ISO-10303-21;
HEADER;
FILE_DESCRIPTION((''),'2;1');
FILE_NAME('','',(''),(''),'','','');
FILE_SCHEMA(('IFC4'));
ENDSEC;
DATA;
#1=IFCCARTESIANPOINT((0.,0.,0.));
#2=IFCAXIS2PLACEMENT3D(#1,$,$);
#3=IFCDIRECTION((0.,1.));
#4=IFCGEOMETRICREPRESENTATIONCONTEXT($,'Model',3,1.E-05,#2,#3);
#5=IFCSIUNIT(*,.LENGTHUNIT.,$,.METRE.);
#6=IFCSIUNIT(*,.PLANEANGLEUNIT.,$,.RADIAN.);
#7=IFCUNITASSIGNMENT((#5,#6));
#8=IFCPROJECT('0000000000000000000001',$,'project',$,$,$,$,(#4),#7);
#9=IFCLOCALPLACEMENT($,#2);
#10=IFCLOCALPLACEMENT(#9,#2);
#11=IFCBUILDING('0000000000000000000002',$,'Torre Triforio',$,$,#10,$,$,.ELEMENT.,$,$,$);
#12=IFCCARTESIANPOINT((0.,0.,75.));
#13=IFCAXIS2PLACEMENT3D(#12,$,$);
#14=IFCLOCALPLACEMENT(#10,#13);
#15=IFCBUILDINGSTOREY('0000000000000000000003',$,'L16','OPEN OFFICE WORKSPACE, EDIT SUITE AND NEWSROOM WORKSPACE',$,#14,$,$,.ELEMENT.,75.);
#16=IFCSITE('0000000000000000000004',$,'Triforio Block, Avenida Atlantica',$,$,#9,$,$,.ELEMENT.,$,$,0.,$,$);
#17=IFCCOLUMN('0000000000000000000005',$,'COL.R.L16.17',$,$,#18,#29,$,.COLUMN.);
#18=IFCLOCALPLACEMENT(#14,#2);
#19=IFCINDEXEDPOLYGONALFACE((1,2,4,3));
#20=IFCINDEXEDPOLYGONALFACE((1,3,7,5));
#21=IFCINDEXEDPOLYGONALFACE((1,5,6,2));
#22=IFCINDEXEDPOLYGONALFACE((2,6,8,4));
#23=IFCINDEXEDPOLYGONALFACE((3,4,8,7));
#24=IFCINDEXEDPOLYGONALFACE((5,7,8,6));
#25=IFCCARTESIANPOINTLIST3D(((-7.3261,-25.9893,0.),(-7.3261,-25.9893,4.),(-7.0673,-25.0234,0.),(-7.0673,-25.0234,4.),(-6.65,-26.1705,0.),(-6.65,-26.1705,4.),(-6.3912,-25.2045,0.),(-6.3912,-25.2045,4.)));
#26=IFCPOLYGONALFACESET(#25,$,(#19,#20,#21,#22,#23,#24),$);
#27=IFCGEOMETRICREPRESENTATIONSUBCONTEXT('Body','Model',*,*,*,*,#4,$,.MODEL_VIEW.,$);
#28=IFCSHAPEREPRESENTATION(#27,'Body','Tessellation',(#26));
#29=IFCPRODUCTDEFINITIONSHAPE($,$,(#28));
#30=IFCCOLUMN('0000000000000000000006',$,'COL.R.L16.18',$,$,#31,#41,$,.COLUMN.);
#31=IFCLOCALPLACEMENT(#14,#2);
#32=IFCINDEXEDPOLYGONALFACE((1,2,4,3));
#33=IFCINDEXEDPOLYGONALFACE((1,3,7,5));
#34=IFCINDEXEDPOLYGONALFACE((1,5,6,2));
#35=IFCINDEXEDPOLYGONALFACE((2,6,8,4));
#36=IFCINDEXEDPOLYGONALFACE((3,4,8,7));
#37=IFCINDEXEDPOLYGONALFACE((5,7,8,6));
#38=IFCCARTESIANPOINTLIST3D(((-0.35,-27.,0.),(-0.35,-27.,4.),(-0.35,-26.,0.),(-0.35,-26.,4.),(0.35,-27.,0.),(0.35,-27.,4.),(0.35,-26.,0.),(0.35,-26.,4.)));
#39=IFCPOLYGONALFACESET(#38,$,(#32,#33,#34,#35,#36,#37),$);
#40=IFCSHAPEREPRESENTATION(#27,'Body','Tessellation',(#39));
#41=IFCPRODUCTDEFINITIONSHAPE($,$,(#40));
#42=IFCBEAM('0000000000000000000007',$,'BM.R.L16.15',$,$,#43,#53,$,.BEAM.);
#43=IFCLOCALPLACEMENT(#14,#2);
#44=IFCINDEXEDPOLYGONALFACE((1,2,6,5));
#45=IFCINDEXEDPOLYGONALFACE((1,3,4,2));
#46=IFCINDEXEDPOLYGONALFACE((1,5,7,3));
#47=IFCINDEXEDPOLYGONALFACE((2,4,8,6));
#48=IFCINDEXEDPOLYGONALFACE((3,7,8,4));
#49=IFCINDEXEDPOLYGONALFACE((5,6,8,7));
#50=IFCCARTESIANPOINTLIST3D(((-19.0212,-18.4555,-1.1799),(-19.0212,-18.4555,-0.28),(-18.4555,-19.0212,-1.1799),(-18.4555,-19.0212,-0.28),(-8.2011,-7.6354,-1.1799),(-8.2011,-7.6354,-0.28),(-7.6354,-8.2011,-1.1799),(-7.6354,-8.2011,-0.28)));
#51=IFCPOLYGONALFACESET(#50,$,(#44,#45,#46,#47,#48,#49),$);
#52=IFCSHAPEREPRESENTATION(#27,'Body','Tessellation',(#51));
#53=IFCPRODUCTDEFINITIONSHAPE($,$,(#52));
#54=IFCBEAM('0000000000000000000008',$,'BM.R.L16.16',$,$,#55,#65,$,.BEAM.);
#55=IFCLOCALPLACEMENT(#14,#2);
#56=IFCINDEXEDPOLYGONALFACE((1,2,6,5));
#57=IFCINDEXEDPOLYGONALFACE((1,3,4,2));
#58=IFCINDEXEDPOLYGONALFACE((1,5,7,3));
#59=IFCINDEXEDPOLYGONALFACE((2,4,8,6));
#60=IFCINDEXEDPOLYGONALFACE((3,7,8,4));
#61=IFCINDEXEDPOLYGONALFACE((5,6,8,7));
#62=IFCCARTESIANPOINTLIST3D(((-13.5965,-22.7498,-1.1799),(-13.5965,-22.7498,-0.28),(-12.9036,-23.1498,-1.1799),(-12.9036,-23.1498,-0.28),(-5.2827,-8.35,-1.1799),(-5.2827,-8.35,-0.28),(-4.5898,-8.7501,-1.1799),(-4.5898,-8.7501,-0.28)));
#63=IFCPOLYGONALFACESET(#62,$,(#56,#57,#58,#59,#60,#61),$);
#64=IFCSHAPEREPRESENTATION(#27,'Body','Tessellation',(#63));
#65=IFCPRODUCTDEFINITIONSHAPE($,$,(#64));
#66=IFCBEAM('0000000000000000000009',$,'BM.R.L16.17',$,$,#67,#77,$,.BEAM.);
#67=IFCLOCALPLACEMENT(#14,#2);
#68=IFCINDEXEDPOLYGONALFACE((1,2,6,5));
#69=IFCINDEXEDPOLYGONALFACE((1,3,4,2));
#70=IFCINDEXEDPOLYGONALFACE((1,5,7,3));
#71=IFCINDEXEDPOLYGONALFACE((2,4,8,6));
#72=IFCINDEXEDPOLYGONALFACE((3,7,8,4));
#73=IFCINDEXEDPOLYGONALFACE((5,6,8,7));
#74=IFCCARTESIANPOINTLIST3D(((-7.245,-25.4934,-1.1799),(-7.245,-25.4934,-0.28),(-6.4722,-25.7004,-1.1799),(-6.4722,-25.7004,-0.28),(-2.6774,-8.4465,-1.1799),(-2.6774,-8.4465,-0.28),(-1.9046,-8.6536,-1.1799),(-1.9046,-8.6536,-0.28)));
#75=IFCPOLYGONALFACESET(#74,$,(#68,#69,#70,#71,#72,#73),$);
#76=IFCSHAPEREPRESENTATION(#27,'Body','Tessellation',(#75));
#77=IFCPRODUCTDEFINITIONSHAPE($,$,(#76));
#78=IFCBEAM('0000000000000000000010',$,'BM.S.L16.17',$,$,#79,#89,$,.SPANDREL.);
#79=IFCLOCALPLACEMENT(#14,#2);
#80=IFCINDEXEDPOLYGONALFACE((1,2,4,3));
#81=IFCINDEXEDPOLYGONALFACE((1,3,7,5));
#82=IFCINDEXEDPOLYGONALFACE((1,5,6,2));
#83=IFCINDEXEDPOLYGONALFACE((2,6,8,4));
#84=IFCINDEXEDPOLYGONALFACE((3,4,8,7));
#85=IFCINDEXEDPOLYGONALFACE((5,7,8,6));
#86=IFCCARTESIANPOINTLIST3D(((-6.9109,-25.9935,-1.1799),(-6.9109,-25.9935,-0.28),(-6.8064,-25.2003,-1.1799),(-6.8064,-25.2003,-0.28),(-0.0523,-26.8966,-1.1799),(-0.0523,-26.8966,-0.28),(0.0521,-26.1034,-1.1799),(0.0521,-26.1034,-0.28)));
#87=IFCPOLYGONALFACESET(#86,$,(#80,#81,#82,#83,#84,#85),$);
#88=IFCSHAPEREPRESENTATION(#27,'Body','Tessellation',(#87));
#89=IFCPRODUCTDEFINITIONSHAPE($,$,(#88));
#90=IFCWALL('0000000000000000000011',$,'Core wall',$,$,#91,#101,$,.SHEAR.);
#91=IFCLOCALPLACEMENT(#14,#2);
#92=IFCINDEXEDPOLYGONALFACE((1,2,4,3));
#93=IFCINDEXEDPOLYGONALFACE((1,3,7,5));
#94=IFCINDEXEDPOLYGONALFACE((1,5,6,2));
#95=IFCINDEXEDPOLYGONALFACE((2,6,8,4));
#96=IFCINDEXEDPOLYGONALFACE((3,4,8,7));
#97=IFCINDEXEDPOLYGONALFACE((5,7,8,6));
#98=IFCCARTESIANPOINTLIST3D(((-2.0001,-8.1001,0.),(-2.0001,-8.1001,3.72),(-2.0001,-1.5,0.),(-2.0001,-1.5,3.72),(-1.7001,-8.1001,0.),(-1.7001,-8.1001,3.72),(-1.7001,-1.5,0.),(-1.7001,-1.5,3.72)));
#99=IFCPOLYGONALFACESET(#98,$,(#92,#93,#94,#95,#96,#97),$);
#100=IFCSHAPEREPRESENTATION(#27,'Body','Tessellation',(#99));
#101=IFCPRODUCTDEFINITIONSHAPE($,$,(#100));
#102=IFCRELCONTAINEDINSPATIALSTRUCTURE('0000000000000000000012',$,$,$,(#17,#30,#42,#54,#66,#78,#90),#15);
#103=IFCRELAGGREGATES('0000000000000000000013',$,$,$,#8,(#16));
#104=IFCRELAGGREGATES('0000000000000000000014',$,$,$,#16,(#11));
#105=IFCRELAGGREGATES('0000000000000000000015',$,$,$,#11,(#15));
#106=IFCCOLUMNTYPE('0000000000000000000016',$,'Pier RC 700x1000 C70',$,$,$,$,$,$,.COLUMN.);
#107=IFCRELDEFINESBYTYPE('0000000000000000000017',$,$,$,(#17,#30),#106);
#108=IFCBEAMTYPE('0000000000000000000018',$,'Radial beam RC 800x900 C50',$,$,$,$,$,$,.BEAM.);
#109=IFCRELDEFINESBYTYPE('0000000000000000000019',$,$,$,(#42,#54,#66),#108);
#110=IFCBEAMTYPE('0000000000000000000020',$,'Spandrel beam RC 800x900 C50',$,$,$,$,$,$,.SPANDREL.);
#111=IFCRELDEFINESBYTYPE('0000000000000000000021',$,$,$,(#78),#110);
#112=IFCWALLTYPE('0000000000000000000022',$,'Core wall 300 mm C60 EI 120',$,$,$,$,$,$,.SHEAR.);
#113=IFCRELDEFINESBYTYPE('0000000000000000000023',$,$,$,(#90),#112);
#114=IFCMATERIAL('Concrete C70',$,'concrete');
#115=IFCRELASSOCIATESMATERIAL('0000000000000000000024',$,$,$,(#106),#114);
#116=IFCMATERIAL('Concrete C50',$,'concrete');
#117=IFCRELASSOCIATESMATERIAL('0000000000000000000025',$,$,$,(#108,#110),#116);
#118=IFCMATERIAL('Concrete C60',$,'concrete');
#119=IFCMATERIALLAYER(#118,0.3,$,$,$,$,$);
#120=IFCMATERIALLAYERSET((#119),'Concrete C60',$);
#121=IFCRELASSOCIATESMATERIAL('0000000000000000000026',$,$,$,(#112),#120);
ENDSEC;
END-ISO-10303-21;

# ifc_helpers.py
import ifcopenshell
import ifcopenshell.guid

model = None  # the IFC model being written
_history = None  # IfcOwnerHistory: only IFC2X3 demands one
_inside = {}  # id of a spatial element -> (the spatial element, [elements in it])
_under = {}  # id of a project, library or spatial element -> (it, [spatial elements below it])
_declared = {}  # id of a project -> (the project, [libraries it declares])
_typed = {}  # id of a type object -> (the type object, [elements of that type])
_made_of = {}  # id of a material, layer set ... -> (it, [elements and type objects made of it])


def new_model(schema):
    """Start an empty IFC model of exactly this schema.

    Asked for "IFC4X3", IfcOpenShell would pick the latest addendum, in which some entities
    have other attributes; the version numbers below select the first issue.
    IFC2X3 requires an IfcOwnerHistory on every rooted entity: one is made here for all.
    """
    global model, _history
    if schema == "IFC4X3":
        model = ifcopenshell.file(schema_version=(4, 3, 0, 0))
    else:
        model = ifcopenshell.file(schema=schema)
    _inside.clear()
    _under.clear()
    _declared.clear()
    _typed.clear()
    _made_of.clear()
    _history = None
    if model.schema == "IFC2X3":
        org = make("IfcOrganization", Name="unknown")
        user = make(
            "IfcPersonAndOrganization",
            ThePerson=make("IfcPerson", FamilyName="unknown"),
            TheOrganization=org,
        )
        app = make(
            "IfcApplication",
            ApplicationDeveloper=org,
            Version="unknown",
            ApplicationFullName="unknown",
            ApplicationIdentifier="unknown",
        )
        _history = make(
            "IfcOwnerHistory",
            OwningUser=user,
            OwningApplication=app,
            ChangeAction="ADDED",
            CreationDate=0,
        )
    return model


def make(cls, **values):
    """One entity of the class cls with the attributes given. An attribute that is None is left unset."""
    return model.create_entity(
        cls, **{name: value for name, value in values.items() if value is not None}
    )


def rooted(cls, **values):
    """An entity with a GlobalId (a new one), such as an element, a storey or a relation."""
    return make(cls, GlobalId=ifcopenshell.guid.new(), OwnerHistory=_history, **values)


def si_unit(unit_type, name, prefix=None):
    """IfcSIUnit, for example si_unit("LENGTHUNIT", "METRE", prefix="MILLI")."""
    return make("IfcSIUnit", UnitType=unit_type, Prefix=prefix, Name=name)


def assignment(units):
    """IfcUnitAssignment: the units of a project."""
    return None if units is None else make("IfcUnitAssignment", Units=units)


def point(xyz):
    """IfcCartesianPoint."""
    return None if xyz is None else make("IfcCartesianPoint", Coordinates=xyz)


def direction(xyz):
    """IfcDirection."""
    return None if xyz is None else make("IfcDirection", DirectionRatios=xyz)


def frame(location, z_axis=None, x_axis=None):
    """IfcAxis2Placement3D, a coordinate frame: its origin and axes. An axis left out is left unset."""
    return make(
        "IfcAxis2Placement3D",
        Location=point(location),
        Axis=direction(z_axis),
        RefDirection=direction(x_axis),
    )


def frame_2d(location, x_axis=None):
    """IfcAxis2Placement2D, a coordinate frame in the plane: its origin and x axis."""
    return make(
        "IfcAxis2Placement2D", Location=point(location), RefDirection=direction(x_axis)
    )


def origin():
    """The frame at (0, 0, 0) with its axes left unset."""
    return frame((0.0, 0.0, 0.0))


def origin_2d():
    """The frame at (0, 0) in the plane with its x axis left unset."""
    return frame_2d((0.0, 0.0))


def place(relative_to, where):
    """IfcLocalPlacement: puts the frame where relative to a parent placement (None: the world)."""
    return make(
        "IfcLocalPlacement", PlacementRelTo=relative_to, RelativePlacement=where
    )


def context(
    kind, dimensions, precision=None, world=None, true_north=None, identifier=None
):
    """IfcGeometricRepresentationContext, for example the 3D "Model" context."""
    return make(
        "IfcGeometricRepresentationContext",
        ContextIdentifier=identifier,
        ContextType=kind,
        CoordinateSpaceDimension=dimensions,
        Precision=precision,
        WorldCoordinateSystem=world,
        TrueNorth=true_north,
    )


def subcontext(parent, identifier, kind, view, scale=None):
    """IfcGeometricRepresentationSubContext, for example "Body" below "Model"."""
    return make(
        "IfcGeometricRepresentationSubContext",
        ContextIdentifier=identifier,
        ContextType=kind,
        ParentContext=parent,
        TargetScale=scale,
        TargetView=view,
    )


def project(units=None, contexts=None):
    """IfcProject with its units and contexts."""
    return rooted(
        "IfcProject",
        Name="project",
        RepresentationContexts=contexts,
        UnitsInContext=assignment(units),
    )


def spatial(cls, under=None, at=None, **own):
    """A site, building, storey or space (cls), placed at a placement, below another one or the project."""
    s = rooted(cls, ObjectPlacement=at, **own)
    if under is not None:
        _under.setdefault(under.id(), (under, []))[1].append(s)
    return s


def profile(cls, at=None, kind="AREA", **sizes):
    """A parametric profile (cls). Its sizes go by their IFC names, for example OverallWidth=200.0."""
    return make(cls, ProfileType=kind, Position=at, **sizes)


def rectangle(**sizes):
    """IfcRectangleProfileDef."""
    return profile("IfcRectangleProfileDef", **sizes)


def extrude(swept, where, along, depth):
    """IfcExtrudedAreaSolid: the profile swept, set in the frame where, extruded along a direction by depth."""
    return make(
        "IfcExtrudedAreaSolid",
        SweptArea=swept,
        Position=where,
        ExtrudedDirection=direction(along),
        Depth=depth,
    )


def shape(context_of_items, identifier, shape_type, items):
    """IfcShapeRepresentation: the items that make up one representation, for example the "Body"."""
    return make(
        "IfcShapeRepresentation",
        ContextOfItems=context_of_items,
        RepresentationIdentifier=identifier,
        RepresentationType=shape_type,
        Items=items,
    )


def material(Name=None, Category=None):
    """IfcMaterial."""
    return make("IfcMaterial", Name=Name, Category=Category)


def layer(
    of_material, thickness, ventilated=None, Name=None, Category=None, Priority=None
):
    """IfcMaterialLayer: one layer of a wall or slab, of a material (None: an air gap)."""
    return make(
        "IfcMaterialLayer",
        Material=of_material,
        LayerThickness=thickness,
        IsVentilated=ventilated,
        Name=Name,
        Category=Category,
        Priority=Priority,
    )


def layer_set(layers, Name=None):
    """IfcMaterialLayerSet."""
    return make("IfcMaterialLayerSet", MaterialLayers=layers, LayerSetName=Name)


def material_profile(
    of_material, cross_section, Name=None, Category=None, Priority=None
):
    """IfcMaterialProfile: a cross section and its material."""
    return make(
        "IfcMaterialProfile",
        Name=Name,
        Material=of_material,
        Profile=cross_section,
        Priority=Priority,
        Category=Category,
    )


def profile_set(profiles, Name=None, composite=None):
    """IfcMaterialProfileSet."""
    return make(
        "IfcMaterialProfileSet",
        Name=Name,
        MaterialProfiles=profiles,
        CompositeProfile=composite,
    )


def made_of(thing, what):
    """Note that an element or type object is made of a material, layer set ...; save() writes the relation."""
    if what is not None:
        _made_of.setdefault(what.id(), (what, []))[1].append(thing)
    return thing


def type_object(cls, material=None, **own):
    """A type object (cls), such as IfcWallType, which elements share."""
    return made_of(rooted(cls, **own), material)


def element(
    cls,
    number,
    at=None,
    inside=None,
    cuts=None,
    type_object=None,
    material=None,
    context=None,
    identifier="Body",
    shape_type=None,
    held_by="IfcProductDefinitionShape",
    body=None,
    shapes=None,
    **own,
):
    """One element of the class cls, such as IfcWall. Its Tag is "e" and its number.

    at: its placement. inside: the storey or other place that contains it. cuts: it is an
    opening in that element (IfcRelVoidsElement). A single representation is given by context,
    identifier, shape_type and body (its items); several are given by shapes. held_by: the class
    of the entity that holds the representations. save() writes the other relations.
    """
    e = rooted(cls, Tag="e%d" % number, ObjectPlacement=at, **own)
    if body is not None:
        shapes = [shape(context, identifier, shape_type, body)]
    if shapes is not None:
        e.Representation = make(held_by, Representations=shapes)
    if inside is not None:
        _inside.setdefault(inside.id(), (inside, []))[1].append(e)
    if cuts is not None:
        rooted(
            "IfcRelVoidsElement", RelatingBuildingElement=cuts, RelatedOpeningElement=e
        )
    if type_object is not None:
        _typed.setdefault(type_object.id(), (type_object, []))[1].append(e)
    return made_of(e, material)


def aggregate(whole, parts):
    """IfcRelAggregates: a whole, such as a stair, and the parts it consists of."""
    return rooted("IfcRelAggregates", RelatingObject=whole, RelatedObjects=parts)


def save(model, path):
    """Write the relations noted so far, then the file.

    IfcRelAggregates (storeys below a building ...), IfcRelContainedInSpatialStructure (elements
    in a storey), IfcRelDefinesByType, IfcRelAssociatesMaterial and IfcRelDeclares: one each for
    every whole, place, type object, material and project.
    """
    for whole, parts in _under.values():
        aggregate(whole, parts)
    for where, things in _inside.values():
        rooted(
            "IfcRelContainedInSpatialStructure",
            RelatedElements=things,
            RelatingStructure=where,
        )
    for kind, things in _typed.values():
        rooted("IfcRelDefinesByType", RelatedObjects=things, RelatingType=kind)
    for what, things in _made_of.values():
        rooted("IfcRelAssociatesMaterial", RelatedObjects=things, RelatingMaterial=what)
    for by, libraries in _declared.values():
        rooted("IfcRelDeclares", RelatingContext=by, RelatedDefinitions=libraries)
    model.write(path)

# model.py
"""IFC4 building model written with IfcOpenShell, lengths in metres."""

from ifc_helpers import new_model, si_unit, direction, frame, frame_2d, origin, origin_2d, place, context, subcontext, project, spatial, rectangle, extrude, material, layer, layer_set, material_profile, profile_set, type_object, element, save


model = new_model("IFC4")

# Units and contexts
model_context = context("Model", 3, precision=1e-05, world=origin(), true_north=direction((0.0, 1.0)))
body_context = subcontext(model_context, "Body", "Model", "MODEL_VIEW")
ifc_project = project(units=[si_unit("LENGTHUNIT", "METRE"), si_unit("PLANEANGLEUNIT", "RADIAN")], contexts=[model_context])

# Site, building, storey
site_placement = place(None, origin())
site = spatial("IfcSite", under=ifc_project, at=site_placement, Name="Triforio Block, Avenida Atlantica", CompositionType="ELEMENT", RefElevation=0.0)
building_placement = place(site_placement, origin())
building = spatial("IfcBuilding", under=site, at=building_placement, Name="Torre Triforio", CompositionType="ELEMENT")
storey_placement = place(building_placement, frame((0.0, 0.0, 75.0)))
storey = spatial("IfcBuildingStorey", under=building, at=storey_placement, Name="L16", Description="OPEN OFFICE WORKSPACE, EDIT SUITE AND NEWSROOM WORKSPACE", CompositionType="ELEMENT", Elevation=75.0)

# Columns
ifc_material_1 = material(Name="Concrete C70", Category="concrete")
ifc_material_profile_1 = material_profile(ifc_material_1, rectangle(XDim=0.7, YDim=1.0, at=origin_2d()), Name="RC 700x1000")
ifc_profile_set_1 = profile_set([ifc_material_profile_1], Name="Concrete C70")
column_type = type_object("IfcColumnType", Name="Pier RC 700x1000 C70", PredefinedType="COLUMN", material=ifc_profile_set_1)
for number, where, z_axis, x_axis, name in (
    (1, (-6.8586, -25.5969, 0.0), (0.0, 0.0, 1.0), (0.965926, -0.258819, 0.0), "COL.R.L16.17"),
    (2, (0.0, -26.5, 0.0), (0.0, 0.0, 1.0), (1.0, 0.0, 0.0), "COL.R.L16.18"),
):
    element("IfcColumn", number, at=place(storey_placement, frame(where, z_axis=z_axis, x_axis=x_axis)), inside=storey, type_object=column_type, Name=name, PredefinedType="COLUMN", context=body_context, shape_type="SweptSolid", body=[
        extrude(rectangle(XDim=0.7, YDim=1.0, at=origin_2d()), origin(), (0.0, 0.0, 1.0), 4.0),
    ])

# Beams
ifc_material_2 = material(Name="Concrete C50", Category="concrete")
ifc_material_profile_2 = material_profile(ifc_material_2, rectangle(XDim=0.8, YDim=0.8999, at=origin_2d()), Name="RC 800x900")
ifc_profile_set_2 = profile_set([ifc_material_profile_2], Name="Concrete C50")
beam_type_1 = type_object("IfcBeamType", Name="Radial beam RC 800x900 C50", PredefinedType="BEAM", material=ifc_profile_set_2)
beam_1_placement = place(storey_placement, frame((-7.9182, -7.9182, -0.73), z_axis=(-0.707107, -0.707107, 0.0), x_axis=(0.707107, -0.707107, 0.0)))
element("IfcBeam", 3, at=beam_1_placement, inside=storey, type_object=beam_type_1, Name="BM.R.L16.15", PredefinedType="BEAM", context=body_context, shape_type="SweptSolid", body=[
    extrude(rectangle(XDim=0.8, YDim=0.8999, at=origin_2d()), origin(), (0.0, 0.0, 1.0), 15.302),
])
beam_2_placement = place(storey_placement, frame((-4.9363, -8.55, -0.73), z_axis=(-0.500003, -0.866023, 0.0), x_axis=(0.866023, -0.500003, 0.0)))
element("IfcBeam", 4, at=beam_2_placement, inside=storey, type_object=beam_type_1, Name="BM.R.L16.16", PredefinedType="BEAM", context=body_context, shape_type="SweptSolid", body=[
    extrude(rectangle(XDim=0.8, YDim=0.8999, at=origin_2d()), origin(), (0.0, 0.0, 1.0), 16.6274),
])
beam_3_placement = place(storey_placement, frame((-2.291, -8.55, -0.73), z_axis=(-0.258815, -0.965927, 0.0), x_axis=(0.965927, -0.258815, 0.0)))
element("IfcBeam", 5, at=beam_3_placement, inside=storey, type_object=beam_type_1, Name="BM.R.L16.17", PredefinedType="BEAM", context=body_context, shape_type="SweptSolid", body=[
    extrude(rectangle(XDim=0.8, YDim=0.8999, at=origin_2d()), origin(), (0.0, 0.0, 1.0), 17.6482),
])
ifc_material_profile_3 = material_profile(ifc_material_2, rectangle(XDim=0.8, YDim=0.8999, at=origin_2d()), Name="RC 800x900")
ifc_profile_set_3 = profile_set([ifc_material_profile_3], Name="Concrete C50")
beam_type_2 = type_object("IfcBeamType", Name="Spandrel beam RC 800x900 C50", PredefinedType="SPANDREL", material=ifc_profile_set_3)
beam_4_placement = place(storey_placement, frame((-6.8586, -25.5969, -0.73), z_axis=(0.991443, -0.130543, 0.0), x_axis=(0.130543, 0.991443, 0.0)))
element("IfcBeam", 6, at=beam_4_placement, inside=storey, type_object=beam_type_2, Name="BM.S.L16.17", PredefinedType="SPANDREL", context=body_context, shape_type="SweptSolid", body=[
    extrude(rectangle(XDim=0.8, YDim=0.8999, at=origin_2d()), origin(), (0.0, 0.0, 1.0), 6.9177),
])

# Wall
ifc_material_3 = material(Name="Concrete C60", Category="concrete")
ifc_layer_1 = layer(ifc_material_3, 0.3)
ifc_layer_set_1 = layer_set([ifc_layer_1], Name="Concrete C60")
wall_type_1 = type_object("IfcWallType", Name="Core wall 300 mm C60 EI 120", PredefinedType="SHEAR", material=ifc_layer_set_1)
wall_1_placement = place(storey_placement, frame((-1.8501, -8.1001, 0.0), z_axis=(0.0, 0.0, 1.0), x_axis=(0.0, 1.0, 0.0)))
element("IfcWall", 7, at=wall_1_placement, inside=storey, type_object=wall_type_1, Name="Core wall", PredefinedType="SHEAR", context=body_context, shape_type="SweptSolid", body=[
    extrude(rectangle(XDim=6.6001, YDim=0.3, at=frame_2d((3.3, 0.0))), origin(), (0.0, 0.0, 1.0), 3.72),
])

save(model, "model.ifc")
